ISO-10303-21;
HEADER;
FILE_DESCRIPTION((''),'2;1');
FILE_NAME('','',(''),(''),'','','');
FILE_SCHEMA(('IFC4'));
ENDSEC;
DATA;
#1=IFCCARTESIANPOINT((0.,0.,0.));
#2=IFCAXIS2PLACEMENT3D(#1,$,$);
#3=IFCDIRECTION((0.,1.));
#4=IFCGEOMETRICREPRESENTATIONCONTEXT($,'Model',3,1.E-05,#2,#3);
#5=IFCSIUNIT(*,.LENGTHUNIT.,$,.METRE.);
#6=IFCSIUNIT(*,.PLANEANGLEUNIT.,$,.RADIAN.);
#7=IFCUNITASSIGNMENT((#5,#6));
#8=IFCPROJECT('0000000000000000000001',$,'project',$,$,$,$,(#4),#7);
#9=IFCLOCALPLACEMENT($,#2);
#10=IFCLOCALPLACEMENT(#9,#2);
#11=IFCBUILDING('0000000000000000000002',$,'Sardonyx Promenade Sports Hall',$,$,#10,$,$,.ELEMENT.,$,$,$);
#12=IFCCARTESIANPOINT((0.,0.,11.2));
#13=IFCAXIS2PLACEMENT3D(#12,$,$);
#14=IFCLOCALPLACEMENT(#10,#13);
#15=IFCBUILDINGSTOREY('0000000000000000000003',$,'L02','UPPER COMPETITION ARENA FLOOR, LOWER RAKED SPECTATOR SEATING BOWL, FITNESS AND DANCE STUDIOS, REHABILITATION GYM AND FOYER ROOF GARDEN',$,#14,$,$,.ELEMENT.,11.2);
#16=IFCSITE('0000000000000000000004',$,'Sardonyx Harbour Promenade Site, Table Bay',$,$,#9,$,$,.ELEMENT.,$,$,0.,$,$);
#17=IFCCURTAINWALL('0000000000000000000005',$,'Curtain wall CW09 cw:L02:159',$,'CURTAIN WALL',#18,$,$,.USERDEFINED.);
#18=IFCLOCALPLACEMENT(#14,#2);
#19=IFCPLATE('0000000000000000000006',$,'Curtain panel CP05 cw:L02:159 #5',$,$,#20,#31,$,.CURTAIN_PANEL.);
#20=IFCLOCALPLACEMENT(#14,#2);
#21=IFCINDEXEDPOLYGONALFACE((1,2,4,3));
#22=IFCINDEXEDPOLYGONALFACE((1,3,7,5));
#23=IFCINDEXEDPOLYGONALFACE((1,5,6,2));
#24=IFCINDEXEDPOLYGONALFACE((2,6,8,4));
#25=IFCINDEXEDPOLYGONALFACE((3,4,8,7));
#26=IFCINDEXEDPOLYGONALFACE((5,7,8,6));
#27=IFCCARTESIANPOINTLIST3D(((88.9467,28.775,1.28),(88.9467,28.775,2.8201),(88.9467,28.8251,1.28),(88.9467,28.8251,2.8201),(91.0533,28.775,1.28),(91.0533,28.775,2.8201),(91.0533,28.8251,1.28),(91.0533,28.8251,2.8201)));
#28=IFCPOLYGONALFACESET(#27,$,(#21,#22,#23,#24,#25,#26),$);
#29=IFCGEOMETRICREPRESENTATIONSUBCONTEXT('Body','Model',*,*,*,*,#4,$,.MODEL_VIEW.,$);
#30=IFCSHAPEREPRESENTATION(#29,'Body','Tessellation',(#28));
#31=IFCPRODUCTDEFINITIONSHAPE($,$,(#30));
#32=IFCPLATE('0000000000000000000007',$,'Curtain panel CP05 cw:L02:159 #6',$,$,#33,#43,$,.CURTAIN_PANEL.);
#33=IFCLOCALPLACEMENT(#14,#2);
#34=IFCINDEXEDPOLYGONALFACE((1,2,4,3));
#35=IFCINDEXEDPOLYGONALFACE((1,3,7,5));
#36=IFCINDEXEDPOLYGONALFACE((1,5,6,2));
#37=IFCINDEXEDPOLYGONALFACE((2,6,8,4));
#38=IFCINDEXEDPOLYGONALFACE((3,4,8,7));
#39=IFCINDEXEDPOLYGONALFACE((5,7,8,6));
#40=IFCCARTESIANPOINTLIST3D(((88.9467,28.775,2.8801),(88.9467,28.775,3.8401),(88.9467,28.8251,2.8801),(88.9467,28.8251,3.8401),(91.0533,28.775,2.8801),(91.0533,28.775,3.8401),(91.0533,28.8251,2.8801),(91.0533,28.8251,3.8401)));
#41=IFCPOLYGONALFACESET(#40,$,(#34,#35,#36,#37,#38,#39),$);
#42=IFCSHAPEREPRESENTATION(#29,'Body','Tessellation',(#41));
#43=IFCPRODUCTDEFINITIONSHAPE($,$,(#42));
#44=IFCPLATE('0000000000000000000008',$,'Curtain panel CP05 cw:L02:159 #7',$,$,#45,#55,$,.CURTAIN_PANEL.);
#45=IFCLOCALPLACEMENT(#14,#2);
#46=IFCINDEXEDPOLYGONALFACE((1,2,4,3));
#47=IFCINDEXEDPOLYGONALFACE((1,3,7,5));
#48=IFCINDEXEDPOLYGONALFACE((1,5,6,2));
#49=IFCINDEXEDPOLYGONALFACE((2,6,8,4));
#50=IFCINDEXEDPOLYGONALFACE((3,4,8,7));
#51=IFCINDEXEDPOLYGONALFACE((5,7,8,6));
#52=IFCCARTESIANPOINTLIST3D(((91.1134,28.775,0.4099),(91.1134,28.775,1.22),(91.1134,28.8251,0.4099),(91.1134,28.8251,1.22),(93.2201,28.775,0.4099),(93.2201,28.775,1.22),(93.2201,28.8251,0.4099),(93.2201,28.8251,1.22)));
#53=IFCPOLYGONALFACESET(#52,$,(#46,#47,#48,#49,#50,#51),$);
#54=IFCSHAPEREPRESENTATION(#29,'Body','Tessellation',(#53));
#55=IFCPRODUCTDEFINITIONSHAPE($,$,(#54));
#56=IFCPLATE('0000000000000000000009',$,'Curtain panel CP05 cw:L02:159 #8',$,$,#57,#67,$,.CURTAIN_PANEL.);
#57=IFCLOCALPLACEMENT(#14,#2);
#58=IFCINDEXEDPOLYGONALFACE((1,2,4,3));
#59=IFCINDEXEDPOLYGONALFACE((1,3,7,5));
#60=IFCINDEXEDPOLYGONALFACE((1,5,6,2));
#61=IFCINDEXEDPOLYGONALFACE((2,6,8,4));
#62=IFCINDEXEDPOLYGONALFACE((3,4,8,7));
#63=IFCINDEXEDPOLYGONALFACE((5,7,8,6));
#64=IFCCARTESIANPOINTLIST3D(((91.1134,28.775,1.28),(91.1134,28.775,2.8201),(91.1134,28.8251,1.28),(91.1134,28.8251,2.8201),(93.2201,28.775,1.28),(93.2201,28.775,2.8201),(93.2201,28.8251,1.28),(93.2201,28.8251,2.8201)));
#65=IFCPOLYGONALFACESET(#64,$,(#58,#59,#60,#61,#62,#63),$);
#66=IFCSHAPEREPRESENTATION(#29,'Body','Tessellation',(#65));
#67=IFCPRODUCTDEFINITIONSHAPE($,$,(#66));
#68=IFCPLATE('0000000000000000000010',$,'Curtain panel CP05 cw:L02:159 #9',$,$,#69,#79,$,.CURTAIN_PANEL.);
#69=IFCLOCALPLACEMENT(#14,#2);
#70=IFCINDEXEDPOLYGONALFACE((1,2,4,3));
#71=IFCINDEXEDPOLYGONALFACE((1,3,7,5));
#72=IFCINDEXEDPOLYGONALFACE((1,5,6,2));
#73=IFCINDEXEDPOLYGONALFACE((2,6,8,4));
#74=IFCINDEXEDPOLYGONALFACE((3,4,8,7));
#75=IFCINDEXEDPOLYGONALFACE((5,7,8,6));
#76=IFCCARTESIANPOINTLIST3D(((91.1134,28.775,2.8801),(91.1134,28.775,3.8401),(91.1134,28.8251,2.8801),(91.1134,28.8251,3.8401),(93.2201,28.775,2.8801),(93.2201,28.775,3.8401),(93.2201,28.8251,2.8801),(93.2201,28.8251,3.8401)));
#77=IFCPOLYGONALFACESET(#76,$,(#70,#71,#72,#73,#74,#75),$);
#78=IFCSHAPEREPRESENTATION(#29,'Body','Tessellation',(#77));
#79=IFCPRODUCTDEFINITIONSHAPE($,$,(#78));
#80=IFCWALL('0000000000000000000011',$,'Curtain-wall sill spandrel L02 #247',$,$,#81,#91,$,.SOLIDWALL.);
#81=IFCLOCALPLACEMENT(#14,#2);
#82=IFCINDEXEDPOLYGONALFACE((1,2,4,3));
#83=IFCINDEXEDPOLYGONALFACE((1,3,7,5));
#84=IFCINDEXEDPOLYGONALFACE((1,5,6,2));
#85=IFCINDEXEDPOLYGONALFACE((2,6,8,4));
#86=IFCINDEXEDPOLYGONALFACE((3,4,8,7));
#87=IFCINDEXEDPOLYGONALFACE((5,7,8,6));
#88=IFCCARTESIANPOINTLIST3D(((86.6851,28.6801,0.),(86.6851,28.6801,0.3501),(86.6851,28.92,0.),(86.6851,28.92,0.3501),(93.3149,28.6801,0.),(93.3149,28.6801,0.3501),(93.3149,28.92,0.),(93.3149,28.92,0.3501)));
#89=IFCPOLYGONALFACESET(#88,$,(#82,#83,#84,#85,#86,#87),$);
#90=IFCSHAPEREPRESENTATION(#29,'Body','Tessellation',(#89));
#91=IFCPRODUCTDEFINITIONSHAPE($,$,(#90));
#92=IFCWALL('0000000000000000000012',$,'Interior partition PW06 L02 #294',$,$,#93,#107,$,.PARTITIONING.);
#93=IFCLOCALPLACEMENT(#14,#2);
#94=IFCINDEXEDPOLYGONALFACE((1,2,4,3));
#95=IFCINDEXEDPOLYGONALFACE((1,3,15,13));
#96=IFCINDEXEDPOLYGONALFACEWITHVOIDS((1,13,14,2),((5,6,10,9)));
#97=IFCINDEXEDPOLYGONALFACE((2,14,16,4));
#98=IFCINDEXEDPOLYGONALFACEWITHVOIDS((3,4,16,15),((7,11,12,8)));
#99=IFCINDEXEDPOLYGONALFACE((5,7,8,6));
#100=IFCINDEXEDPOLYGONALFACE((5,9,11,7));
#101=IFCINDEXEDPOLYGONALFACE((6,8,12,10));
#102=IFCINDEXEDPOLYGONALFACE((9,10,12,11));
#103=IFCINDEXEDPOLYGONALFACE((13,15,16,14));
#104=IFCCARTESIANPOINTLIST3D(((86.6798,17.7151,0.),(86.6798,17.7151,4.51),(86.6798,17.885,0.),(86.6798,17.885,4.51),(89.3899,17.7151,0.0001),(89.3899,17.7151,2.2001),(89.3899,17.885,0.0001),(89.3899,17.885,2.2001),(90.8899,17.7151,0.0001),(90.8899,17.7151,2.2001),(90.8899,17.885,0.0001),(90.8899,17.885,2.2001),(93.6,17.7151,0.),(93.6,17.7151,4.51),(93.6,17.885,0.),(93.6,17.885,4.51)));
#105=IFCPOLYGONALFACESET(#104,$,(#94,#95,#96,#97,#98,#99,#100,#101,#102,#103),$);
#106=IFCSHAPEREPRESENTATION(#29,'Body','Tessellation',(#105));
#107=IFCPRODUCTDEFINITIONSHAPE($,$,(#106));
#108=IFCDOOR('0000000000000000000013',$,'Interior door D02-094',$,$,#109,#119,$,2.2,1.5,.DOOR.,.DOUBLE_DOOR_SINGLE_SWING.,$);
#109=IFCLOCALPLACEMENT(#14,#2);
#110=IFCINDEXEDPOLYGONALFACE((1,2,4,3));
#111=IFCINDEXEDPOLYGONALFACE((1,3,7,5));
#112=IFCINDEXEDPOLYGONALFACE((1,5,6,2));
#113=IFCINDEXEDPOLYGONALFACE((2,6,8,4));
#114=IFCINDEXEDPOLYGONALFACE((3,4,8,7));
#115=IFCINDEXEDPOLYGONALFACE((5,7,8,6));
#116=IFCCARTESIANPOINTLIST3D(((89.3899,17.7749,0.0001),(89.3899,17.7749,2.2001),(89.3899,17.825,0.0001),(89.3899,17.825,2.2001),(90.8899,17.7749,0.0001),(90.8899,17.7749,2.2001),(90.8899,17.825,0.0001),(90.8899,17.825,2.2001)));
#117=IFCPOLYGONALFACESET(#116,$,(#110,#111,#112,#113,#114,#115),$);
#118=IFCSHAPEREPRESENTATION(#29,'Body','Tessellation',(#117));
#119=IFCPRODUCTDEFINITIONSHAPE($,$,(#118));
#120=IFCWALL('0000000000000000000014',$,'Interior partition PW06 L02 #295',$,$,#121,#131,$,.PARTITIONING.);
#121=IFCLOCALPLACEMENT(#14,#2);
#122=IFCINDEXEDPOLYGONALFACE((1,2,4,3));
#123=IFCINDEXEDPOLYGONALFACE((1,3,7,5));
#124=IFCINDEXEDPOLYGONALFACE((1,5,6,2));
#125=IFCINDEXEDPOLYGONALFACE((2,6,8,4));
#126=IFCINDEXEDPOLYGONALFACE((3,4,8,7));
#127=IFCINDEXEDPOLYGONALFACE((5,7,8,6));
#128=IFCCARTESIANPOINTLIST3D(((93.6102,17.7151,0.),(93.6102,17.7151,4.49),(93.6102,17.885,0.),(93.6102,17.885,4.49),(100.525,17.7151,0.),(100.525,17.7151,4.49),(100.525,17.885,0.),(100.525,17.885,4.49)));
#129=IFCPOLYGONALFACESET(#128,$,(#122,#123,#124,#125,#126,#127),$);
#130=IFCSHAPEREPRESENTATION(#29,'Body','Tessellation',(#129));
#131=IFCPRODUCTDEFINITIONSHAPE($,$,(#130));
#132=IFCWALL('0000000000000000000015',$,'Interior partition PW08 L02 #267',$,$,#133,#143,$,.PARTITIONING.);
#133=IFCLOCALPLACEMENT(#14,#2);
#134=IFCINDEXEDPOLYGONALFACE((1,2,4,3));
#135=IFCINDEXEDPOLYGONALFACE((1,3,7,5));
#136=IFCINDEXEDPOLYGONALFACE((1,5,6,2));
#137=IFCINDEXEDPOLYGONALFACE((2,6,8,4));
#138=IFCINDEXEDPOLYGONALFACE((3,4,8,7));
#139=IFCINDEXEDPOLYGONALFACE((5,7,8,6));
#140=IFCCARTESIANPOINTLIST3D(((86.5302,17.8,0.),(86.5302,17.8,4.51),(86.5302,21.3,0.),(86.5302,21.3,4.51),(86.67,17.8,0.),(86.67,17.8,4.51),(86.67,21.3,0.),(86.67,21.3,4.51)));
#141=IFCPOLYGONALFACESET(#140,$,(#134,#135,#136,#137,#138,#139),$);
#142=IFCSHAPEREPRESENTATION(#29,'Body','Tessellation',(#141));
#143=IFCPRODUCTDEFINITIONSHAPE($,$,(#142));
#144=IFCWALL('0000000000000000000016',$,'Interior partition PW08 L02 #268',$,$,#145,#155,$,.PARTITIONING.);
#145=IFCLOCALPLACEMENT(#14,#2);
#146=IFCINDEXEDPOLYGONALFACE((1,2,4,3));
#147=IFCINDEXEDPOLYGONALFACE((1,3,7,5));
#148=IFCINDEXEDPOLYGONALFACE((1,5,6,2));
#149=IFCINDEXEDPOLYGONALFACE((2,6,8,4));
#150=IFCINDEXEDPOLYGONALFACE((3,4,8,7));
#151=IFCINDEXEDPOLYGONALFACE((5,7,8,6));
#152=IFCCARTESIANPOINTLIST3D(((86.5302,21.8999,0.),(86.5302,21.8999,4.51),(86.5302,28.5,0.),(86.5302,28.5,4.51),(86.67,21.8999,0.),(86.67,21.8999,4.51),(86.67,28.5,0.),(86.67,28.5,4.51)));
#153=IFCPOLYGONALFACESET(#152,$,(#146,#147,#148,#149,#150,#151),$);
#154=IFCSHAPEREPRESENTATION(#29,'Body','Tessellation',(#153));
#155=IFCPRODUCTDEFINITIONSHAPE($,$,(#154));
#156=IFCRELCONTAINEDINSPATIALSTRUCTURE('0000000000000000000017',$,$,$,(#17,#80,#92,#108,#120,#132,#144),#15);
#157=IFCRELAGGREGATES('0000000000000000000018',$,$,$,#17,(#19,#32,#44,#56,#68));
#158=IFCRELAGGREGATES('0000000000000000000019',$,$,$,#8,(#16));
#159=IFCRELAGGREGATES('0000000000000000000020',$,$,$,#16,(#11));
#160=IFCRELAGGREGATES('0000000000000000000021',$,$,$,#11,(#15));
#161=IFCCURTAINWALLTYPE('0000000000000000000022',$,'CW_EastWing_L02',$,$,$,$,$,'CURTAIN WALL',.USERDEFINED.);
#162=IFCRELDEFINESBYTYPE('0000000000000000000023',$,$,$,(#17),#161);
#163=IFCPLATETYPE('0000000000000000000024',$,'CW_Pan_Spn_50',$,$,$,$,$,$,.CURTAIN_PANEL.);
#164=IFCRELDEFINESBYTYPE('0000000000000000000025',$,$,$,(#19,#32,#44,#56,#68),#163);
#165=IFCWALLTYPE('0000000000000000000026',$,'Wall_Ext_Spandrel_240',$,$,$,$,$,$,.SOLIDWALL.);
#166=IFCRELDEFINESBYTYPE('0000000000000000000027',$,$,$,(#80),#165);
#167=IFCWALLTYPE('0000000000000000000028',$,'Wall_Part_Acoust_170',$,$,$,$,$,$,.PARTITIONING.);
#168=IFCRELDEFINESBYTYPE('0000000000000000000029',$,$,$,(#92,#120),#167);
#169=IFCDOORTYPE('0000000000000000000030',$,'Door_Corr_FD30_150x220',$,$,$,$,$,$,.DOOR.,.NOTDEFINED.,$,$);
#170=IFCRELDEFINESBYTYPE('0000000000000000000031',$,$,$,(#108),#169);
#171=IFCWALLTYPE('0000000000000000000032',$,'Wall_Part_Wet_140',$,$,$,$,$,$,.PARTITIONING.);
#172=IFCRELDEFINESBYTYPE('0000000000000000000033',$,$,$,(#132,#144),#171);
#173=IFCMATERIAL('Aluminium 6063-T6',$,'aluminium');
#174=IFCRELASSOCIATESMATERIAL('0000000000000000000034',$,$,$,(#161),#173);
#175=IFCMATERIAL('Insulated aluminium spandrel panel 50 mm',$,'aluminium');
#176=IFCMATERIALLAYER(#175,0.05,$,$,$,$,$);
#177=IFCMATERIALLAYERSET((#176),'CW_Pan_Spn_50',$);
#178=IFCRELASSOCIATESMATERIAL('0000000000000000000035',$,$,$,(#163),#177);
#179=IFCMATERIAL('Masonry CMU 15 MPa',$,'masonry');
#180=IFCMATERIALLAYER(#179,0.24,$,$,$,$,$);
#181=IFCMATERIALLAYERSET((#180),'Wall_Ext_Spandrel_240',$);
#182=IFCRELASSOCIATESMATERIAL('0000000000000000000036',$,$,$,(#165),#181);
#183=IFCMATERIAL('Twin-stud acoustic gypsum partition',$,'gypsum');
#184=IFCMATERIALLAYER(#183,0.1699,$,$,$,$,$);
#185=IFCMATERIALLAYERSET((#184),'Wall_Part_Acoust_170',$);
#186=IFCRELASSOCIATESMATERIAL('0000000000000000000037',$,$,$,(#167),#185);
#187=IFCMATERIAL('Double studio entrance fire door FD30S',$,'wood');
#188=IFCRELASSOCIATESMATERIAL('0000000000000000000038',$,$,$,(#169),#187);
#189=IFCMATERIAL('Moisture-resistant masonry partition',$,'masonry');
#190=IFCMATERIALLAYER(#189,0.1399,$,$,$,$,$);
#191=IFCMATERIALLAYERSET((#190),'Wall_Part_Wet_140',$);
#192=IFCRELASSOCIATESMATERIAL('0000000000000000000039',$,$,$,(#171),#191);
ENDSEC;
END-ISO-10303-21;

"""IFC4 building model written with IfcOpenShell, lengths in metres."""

from ifc_helpers import new_model, si_unit, direction, frame, frame_2d, origin, origin_2d, place, context, subcontext, project, spatial, rectangle, extrude, material, layer, layer_set, type_object, element, fill, aggregate, save


model = new_model("IFC4")

# Units and contexts
model_context = context("Model", 3, precision=1e-05, world=origin(), true_north=direction((0.0, 1.0)))
body_context = subcontext(model_context, "Body", "Model", "MODEL_VIEW")
ifc_project = project(units=[si_unit("LENGTHUNIT", "METRE"), si_unit("PLANEANGLEUNIT", "RADIAN")], contexts=[model_context])

# Site, building, storey
site_placement = place(None, origin())
site = spatial("IfcSite", under=ifc_project, at=site_placement, Name="Sardonyx Harbour Promenade Site, Table Bay", CompositionType="ELEMENT", RefElevation=0.0)
building_placement = place(site_placement, origin())
building = spatial("IfcBuilding", under=site, at=building_placement, Name="Sardonyx Promenade Sports Hall", CompositionType="ELEMENT")
storey_placement = place(building_placement, frame((0.0, 0.0, 11.2)))
storey = spatial("IfcBuildingStorey", under=building, at=storey_placement, Name="L02", Description="UPPER COMPETITION ARENA FLOOR, LOWER RAKED SPECTATOR SEATING BOWL, FITNESS AND DANCE STUDIOS, REHABILITATION GYM AND FOYER ROOF GARDEN", CompositionType="ELEMENT", Elevation=11.2)

# Curtain wall, plates
ifc_material_1 = material(Name="Aluminium 6063-T6", Category="aluminium")
curtain_wall_type = type_object("IfcCurtainWallType", Name="CW_EastWing_L02", ElementType="CURTAIN WALL", PredefinedType="USERDEFINED", material=ifc_material_1)
curtain_wall_placement = place(storey_placement, origin())
curtain_wall = element("IfcCurtainWall", 1, at=curtain_wall_placement, inside=storey, type_object=curtain_wall_type, Name="Curtain wall CW09 cw:L02:159", ObjectType="CURTAIN WALL", PredefinedType="USERDEFINED")
ifc_material_2 = material(Name="Insulated aluminium spandrel panel 50 mm", Category="aluminium")
ifc_layer_1 = layer(ifc_material_2, 0.05)
ifc_layer_set_1 = layer_set([ifc_layer_1], Name="CW_Pan_Spn_50")
plate_type = type_object("IfcPlateType", Name="CW_Pan_Spn_50", PredefinedType="CURTAIN_PANEL", material=ifc_layer_set_1)
plate_1_placement = place(storey_placement, frame((90.0, 28.8, 1.28), z_axis=(0.0, 0.0, 1.0), x_axis=(1.0, 0.0, 0.0)))
plate_1 = element("IfcPlate", 2, at=plate_1_placement, type_object=plate_type, Name="Curtain panel CP05 cw:L02:159 #5", PredefinedType="CURTAIN_PANEL", context=body_context, shape_type="SweptSolid", body=[
    extrude(rectangle(XDim=2.1067, YDim=0.05, at=origin_2d()), origin(), (0.0, 0.0, 1.0), 1.54),
])
plate_2_placement = place(storey_placement, frame((90.0, 28.8, 2.8801), z_axis=(0.0, 0.0, 1.0), x_axis=(1.0, 0.0, 0.0)))
plate_2 = element("IfcPlate", 3, at=plate_2_placement, type_object=plate_type, Name="Curtain panel CP05 cw:L02:159 #6", PredefinedType="CURTAIN_PANEL", context=body_context, shape_type="SweptSolid", body=[
    extrude(rectangle(XDim=2.1067, YDim=0.05, at=origin_2d()), origin(), (0.0, 0.0, 1.0), 0.96),
])
plate_3_placement = place(storey_placement, frame((92.1667, 28.8, 0.4099), z_axis=(0.0, 0.0, 1.0), x_axis=(1.0, 0.0, 0.0)))
plate_3 = element("IfcPlate", 4, at=plate_3_placement, type_object=plate_type, Name="Curtain panel CP05 cw:L02:159 #7", PredefinedType="CURTAIN_PANEL", context=body_context, shape_type="SweptSolid", body=[
    extrude(rectangle(XDim=2.1067, YDim=0.05, at=origin_2d()), origin(), (0.0, 0.0, 1.0), 0.8101),
])
plate_4_placement = place(storey_placement, frame((92.1667, 28.8, 1.28), z_axis=(0.0, 0.0, 1.0), x_axis=(1.0, 0.0, 0.0)))
plate_4 = element("IfcPlate", 5, at=plate_4_placement, type_object=plate_type, Name="Curtain panel CP05 cw:L02:159 #8", PredefinedType="CURTAIN_PANEL", context=body_context, shape_type="SweptSolid", body=[
    extrude(rectangle(XDim=2.1067, YDim=0.05, at=origin_2d()), origin(), (0.0, 0.0, 1.0), 1.54),
])
plate_5_placement = place(storey_placement, frame((92.1667, 28.8, 2.8801), z_axis=(0.0, 0.0, 1.0), x_axis=(1.0, 0.0, 0.0)))
plate_5 = element("IfcPlate", 6, at=plate_5_placement, type_object=plate_type, Name="Curtain panel CP05 cw:L02:159 #9", PredefinedType="CURTAIN_PANEL", context=body_context, shape_type="SweptSolid", body=[
    extrude(rectangle(XDim=2.1067, YDim=0.05, at=origin_2d()), origin(), (0.0, 0.0, 1.0), 0.96),
])
aggregate(curtain_wall, [plate_1, plate_2, plate_3, plate_4, plate_5])

# Wall
ifc_material_3 = material(Name="Masonry CMU 15 MPa", Category="masonry")
ifc_layer_2 = layer(ifc_material_3, 0.24)
ifc_layer_set_2 = layer_set([ifc_layer_2], Name="Wall_Ext_Spandrel_240")
wall_type_1 = type_object("IfcWallType", Name="Wall_Ext_Spandrel_240", PredefinedType="SOLIDWALL", material=ifc_layer_set_2)
wall_1_placement = place(storey_placement, frame((86.6851, 28.8, 0.0), z_axis=(0.0, 0.0, 1.0), x_axis=(1.0, 0.0, 0.0)))
element("IfcWall", 7, at=wall_1_placement, inside=storey, type_object=wall_type_1, Name="Curtain-wall sill spandrel L02 #247", PredefinedType="SOLIDWALL", context=body_context, shape_type="SweptSolid", body=[
    extrude(rectangle(XDim=6.6299, YDim=0.24, at=frame_2d((3.3149, 0.0))), origin(), (0.0, 0.0, 1.0), 0.3501),
])

# Wall, opening, door
ifc_material_4 = material(Name="Twin-stud acoustic gypsum partition", Category="gypsum")
ifc_layer_3 = layer(ifc_material_4, 0.1699)
ifc_layer_set_3 = layer_set([ifc_layer_3], Name="Wall_Part_Acoust_170")
wall_type_2 = type_object("IfcWallType", Name="Wall_Part_Acoust_170", PredefinedType="PARTITIONING", material=ifc_layer_set_3)
wall_2_placement = place(storey_placement, frame((86.6799, 17.8, 0.0), z_axis=(0.0, 0.0, 1.0), x_axis=(1.0, 0.0, 0.0)))
wall_2 = element("IfcWall", 8, at=wall_2_placement, inside=storey, type_object=wall_type_2, Name="Interior partition PW06 L02 #294", PredefinedType="PARTITIONING", context=body_context, shape_type="SweptSolid", body=[
    extrude(rectangle(XDim=6.9202, YDim=0.1699, at=frame_2d((3.46, 0.0))), origin(), (0.0, 0.0, 1.0), 4.51),
])
opening_placement = place(wall_2_placement, frame((2.71, 0.0, 0.0)))
opening = element("IfcOpeningElement", 9, at=opening_placement, cuts=wall_2, PredefinedType="OPENING", context=body_context, shape_type="SweptSolid", body=[
    extrude(rectangle(XDim=1.5, YDim=2.2, at=frame_2d((0.75, 1.1001))), frame((0.0, 0.095, 0.0), z_axis=(0.0, -1.0, 0.0), x_axis=(1.0, 0.0, 0.0)), (0.0, 0.0, 1.0), 0.19),
])
ifc_material_5 = material(Name="Double studio entrance fire door FD30S", Category="wood")
door_type = type_object("IfcDoorType", Name="Door_Corr_FD30_150x220", OperationType="NOTDEFINED", PredefinedType="DOOR", material=ifc_material_5)
door_placement = place(opening_placement, origin())
door = element("IfcDoor", 10, at=door_placement, inside=storey, type_object=door_type, Name="Interior door D02-094", OperationType="DOUBLE_DOOR_SINGLE_SWING", OverallHeight=2.2, OverallWidth=1.5, PredefinedType="DOOR", context=body_context, shape_type="SweptSolid", body=[
    extrude(rectangle(XDim=1.5, YDim=2.2, at=frame_2d((0.75, 1.1001))), frame((0.0, 0.0249, 0.0), z_axis=(0.0, -1.0, 0.0), x_axis=(1.0, 0.0, 0.0)), (0.0, 0.0, 1.0), 0.05),
])
fill(opening, door)

# Walls
wall_3_placement = place(storey_placement, frame((93.6101, 17.8, 0.0), z_axis=(0.0, 0.0, 1.0), x_axis=(1.0, 0.0, 0.0)))
element("IfcWall", 11, at=wall_3_placement, inside=storey, type_object=wall_type_2, Name="Interior partition PW06 L02 #295", PredefinedType="PARTITIONING", context=body_context, shape_type="SweptSolid", body=[
    extrude(rectangle(XDim=6.9148, YDim=0.1699, at=frame_2d((3.4575, 0.0))), origin(), (0.0, 0.0, 1.0), 4.49),
])
ifc_material_6 = material(Name="Moisture-resistant masonry partition", Category="masonry")
ifc_layer_4 = layer(ifc_material_6, 0.1399)
ifc_layer_set_4 = layer_set([ifc_layer_4], Name="Wall_Part_Wet_140")
wall_type_3 = type_object("IfcWallType", Name="Wall_Part_Wet_140", PredefinedType="PARTITIONING", material=ifc_layer_set_4)
wall_4_placement = place(storey_placement, frame((86.6001, 17.8, 0.0), z_axis=(0.0, 0.0, 1.0), x_axis=(0.0, 1.0, 0.0)))
element("IfcWall", 12, at=wall_4_placement, inside=storey, type_object=wall_type_3, Name="Interior partition PW08 L02 #267", PredefinedType="PARTITIONING", context=body_context, shape_type="SweptSolid", body=[
    extrude(rectangle(XDim=3.5, YDim=0.1399, at=frame_2d((1.75, 0.0))), origin(), (0.0, 0.0, 1.0), 4.51),
])
wall_5_placement = place(storey_placement, frame((86.6001, 21.8999, 0.0), z_axis=(0.0, 0.0, 1.0), x_axis=(0.0, 1.0, 0.0)))
element("IfcWall", 13, at=wall_5_placement, inside=storey, type_object=wall_type_3, Name="Interior partition PW08 L02 #268", PredefinedType="PARTITIONING", context=body_context, shape_type="SweptSolid", body=[
    extrude(rectangle(XDim=6.6001, YDim=0.1399, at=frame_2d((3.3, 0.0))), origin(), (0.0, 0.0, 1.0), 4.51),
])

save(model, "model.ifc")
